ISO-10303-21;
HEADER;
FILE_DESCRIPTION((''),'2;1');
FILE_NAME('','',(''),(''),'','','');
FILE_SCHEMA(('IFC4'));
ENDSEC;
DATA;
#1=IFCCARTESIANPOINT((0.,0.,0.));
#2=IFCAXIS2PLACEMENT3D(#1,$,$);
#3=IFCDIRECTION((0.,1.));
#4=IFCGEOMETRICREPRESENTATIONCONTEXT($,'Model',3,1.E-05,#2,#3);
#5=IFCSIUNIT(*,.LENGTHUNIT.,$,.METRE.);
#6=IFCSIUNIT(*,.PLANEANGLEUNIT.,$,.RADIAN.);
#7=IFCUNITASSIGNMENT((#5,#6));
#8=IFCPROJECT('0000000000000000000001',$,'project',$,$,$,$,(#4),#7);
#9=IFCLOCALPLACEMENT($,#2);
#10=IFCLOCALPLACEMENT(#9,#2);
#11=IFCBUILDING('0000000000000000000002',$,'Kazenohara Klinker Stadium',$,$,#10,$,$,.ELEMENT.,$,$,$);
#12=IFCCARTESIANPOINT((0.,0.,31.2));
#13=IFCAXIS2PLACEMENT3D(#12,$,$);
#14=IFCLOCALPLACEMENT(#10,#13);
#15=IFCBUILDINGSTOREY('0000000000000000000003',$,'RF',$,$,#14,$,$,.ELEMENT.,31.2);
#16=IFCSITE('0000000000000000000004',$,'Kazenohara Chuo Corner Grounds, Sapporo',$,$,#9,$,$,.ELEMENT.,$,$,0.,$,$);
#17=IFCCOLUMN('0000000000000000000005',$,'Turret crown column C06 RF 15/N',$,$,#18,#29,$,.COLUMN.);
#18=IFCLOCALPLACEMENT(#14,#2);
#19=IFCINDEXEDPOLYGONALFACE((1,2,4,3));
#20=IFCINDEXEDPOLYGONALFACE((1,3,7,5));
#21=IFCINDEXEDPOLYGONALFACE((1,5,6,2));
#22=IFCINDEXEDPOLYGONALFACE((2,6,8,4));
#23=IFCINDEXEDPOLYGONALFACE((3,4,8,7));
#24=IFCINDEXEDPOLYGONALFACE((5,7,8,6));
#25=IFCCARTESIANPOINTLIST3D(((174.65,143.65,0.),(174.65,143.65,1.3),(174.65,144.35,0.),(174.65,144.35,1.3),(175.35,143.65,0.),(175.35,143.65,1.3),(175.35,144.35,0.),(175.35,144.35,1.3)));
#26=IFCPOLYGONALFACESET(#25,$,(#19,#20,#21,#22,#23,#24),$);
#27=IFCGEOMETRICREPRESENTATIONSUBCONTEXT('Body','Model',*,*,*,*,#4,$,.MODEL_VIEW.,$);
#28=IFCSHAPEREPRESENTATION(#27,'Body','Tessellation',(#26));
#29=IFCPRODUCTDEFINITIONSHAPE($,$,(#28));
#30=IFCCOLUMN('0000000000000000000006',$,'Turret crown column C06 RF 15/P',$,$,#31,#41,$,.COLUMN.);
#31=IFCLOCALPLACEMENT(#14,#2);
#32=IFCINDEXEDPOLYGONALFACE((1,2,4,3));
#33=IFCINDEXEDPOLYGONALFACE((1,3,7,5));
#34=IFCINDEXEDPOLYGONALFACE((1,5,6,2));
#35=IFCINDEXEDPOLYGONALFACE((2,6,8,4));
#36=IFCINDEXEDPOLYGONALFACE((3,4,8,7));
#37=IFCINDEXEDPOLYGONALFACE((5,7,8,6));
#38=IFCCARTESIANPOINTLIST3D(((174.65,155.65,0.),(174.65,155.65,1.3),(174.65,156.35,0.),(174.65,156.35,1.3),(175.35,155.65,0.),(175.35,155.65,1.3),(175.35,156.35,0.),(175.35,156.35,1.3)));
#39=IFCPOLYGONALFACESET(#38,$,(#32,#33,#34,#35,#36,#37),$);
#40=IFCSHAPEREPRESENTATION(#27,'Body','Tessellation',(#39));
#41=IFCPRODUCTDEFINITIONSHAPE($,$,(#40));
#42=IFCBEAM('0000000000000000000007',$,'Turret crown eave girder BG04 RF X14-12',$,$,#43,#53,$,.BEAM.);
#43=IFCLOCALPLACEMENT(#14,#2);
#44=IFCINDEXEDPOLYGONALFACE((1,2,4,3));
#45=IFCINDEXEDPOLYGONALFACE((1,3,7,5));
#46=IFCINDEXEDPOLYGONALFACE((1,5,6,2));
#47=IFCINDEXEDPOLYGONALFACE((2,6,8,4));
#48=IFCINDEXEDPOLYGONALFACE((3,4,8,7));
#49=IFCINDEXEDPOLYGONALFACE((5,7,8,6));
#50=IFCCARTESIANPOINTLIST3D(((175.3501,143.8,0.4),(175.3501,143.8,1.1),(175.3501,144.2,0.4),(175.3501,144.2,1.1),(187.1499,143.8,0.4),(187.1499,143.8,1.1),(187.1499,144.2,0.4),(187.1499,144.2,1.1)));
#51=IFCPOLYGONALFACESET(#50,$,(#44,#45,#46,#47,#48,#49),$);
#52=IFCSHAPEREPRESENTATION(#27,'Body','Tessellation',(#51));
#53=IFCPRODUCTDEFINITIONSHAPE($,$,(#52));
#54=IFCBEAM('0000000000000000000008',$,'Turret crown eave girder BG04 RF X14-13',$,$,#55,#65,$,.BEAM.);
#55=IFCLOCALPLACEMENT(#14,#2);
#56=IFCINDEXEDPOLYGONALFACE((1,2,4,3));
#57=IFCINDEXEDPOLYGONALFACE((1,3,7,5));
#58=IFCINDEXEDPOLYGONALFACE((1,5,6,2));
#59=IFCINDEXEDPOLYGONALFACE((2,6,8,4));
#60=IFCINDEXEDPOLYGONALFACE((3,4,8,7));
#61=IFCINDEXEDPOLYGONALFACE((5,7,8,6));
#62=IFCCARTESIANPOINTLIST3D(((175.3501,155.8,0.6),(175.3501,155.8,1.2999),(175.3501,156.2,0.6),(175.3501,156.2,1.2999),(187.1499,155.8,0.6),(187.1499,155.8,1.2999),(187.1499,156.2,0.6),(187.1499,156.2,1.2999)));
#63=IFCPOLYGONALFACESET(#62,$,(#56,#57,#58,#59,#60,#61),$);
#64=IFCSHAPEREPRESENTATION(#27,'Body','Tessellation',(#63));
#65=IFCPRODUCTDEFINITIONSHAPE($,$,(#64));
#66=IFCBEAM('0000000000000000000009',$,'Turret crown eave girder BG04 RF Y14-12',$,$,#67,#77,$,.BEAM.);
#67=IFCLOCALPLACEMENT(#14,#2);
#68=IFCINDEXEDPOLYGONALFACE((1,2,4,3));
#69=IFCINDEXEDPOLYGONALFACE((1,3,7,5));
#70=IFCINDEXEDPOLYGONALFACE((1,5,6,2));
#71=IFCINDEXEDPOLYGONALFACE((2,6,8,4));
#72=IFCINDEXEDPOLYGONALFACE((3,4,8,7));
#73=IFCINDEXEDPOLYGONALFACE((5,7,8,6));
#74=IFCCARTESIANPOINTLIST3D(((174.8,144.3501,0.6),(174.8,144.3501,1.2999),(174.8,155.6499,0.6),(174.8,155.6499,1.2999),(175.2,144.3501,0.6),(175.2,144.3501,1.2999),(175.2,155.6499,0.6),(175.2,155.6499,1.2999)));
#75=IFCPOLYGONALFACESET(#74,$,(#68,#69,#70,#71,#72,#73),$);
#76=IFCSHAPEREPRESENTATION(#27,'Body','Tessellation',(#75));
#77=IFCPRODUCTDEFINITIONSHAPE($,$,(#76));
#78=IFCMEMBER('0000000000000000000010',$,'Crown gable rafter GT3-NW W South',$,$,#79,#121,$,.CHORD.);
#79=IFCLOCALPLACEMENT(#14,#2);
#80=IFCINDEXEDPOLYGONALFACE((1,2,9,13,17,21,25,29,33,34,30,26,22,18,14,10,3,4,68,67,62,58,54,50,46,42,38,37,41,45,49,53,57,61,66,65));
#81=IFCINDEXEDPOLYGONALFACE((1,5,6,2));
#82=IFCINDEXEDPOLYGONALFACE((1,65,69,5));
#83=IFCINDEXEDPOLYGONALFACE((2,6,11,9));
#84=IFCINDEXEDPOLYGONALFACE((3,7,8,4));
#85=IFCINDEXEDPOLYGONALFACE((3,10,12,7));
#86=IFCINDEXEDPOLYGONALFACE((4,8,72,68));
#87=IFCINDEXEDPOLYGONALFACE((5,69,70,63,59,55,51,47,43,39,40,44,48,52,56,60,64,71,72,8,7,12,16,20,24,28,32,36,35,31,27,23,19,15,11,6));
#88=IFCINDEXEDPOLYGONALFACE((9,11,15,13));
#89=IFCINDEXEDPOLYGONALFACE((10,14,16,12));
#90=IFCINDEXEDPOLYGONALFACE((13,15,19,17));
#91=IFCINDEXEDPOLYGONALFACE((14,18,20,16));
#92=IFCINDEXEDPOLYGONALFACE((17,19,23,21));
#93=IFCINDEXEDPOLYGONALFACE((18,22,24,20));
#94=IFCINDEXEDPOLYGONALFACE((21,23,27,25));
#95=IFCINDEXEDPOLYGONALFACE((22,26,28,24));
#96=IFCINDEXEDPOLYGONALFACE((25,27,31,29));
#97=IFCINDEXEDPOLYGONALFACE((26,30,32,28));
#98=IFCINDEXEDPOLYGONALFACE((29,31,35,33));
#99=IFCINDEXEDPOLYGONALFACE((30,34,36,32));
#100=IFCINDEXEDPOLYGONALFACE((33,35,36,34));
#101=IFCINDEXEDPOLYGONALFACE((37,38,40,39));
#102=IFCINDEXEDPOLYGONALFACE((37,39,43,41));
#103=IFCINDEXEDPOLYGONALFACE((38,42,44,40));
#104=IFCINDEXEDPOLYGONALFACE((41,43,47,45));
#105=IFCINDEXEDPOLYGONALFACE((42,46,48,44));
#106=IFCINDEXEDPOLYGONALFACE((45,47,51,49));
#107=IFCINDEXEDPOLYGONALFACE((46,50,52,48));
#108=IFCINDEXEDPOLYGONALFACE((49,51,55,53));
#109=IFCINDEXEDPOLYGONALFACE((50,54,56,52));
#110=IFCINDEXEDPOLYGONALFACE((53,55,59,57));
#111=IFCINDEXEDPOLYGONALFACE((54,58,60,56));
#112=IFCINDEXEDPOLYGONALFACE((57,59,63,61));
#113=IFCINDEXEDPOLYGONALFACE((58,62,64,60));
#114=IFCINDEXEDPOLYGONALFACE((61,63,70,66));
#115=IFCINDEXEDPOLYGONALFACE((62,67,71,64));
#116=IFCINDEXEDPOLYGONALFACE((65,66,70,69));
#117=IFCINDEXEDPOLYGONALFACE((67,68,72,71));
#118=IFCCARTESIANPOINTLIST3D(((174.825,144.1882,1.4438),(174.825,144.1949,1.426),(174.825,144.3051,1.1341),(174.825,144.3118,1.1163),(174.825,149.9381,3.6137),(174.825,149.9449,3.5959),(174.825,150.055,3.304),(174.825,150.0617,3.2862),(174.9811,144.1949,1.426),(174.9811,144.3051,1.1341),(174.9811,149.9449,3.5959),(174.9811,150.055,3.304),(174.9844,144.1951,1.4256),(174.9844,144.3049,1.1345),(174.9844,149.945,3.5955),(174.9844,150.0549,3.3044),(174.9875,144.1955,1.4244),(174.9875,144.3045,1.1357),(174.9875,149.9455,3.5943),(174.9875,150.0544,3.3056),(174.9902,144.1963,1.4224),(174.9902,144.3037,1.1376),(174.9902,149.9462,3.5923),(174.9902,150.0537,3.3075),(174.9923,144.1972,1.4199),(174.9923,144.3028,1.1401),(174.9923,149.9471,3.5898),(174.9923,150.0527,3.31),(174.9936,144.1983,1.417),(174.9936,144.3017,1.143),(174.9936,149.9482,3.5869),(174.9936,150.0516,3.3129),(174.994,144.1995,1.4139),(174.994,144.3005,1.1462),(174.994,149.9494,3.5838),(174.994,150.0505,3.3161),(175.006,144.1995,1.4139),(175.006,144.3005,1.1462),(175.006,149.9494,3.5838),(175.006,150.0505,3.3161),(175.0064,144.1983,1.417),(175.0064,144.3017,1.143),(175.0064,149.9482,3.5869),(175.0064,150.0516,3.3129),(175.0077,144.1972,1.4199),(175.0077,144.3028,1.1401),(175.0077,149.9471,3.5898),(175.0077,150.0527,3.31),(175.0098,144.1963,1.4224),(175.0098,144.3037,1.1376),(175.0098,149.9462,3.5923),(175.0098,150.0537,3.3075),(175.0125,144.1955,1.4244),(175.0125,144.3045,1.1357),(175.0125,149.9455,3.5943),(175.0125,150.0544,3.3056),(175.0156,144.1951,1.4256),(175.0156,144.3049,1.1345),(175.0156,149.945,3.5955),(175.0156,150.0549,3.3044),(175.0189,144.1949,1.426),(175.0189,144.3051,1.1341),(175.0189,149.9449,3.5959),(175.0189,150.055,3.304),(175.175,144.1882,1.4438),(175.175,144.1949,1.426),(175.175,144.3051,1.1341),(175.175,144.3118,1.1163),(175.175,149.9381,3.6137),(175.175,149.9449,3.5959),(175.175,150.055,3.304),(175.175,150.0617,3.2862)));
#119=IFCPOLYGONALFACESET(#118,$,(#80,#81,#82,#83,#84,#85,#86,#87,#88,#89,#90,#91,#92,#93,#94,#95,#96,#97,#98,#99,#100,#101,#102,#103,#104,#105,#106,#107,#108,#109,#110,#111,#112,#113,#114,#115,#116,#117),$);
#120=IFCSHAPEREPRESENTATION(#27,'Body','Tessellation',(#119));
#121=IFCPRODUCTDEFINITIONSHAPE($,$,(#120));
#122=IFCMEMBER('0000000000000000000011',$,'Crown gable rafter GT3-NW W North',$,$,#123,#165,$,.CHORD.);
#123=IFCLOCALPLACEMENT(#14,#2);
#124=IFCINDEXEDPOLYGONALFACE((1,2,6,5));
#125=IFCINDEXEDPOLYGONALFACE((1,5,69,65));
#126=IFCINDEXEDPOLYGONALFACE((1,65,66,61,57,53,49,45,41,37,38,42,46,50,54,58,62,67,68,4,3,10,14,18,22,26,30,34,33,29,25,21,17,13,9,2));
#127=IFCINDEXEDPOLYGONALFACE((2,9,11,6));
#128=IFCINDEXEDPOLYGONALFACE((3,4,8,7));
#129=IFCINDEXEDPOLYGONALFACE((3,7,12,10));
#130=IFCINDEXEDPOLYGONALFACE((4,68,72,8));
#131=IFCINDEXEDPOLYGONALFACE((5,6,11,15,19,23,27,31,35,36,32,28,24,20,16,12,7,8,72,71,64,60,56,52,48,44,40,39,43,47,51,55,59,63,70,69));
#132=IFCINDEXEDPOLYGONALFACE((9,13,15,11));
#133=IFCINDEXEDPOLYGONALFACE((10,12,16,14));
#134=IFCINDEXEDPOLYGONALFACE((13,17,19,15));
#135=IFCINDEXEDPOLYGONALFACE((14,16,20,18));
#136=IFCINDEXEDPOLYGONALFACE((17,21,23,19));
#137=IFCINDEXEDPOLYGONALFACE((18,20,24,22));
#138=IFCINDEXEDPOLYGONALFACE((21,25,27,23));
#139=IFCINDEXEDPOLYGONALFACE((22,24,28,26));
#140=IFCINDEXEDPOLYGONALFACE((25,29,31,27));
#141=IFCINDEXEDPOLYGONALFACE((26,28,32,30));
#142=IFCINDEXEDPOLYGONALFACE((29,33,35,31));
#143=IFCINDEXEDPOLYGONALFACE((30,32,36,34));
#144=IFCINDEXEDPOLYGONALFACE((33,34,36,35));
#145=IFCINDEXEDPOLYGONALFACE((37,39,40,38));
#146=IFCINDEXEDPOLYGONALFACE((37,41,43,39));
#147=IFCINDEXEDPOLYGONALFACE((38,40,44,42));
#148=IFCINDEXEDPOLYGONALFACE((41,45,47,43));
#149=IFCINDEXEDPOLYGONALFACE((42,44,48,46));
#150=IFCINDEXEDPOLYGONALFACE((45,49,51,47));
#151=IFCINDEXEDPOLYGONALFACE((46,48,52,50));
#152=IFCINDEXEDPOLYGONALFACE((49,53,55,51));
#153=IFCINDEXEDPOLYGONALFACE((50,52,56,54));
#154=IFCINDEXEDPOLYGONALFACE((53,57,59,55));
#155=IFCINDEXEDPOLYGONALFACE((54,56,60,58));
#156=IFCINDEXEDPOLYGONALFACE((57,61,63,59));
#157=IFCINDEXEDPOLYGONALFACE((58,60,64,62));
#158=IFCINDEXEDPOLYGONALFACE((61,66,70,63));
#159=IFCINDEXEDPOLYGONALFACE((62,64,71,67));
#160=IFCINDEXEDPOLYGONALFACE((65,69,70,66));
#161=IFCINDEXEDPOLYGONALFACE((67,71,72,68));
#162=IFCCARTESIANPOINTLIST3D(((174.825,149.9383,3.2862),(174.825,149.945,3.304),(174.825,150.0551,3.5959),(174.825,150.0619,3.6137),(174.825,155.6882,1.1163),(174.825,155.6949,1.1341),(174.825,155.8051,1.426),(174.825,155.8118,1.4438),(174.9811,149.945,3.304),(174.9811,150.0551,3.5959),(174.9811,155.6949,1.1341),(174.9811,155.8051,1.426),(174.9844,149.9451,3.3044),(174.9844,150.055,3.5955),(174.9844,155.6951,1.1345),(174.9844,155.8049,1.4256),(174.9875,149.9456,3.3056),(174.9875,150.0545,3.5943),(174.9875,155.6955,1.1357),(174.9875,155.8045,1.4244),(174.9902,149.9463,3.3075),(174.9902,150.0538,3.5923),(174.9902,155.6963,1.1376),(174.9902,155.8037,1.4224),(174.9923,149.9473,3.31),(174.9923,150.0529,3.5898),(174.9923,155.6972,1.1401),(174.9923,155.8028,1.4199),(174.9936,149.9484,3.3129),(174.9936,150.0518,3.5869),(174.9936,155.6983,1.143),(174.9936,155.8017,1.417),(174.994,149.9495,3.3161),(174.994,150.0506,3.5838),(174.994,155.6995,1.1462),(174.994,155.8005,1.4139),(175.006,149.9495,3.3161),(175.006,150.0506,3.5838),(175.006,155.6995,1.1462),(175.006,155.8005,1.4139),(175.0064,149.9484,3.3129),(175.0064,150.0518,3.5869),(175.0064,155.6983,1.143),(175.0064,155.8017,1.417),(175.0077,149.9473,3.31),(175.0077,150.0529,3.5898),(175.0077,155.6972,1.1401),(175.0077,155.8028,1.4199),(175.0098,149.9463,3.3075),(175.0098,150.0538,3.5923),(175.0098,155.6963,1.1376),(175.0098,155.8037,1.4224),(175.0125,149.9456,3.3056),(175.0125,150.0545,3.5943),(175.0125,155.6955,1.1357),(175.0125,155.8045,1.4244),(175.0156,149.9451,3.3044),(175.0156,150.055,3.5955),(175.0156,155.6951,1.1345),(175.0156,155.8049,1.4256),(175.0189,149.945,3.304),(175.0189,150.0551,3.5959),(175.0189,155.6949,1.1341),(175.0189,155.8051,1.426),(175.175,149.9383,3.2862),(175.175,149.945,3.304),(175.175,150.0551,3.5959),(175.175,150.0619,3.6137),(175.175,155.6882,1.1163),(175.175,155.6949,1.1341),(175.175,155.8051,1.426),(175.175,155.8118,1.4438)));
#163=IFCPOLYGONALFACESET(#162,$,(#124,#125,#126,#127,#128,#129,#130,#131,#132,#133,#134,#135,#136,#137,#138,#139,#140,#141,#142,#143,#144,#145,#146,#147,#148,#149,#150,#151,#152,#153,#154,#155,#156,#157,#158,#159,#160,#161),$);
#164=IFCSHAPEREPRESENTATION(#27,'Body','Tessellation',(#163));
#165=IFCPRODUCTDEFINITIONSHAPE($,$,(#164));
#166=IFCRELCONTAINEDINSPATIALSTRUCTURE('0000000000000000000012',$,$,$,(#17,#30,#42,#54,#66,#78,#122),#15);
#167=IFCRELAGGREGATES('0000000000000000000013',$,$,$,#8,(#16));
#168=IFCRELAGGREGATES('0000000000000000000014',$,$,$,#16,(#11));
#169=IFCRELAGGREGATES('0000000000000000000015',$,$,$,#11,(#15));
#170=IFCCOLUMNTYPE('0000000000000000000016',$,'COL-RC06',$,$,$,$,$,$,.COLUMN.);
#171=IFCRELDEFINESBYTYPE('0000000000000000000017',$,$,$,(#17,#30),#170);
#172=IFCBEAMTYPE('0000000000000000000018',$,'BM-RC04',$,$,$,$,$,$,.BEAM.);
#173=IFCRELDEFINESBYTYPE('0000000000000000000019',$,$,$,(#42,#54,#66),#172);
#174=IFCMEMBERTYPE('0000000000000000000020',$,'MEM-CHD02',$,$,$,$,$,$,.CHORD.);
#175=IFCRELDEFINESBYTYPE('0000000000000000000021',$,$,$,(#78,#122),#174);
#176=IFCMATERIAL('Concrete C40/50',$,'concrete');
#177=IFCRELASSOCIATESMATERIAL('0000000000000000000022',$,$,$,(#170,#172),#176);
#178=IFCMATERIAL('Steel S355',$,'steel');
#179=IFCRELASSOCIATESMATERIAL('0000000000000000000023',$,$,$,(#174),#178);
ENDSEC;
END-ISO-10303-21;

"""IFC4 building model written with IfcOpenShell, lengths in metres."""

from ifc_helpers import new_model, si_unit, direction, frame, origin, origin_2d, place, context, subcontext, project, spatial, rectangle, i_section, extrude, material, material_profile, profile_set, type_object, element, save


model = new_model("IFC4")

# Units and contexts
model_context = context("Model", 3, precision=1e-05, world=origin(), true_north=direction((0.0, 1.0)))
body_context = subcontext(model_context, "Body", "Model", "MODEL_VIEW")
ifc_project = project(units=[si_unit("LENGTHUNIT", "METRE"), si_unit("PLANEANGLEUNIT", "RADIAN")], contexts=[model_context])

# Site, building, storey
site_placement = place(None, origin())
site = spatial("IfcSite", under=ifc_project, at=site_placement, Name="Kazenohara Chuo Corner Grounds, Sapporo", CompositionType="ELEMENT", RefElevation=0.0)
building_placement = place(site_placement, origin())
building = spatial("IfcBuilding", under=site, at=building_placement, Name="Kazenohara Klinker Stadium", CompositionType="ELEMENT")
storey_placement = place(building_placement, frame((0.0, 0.0, 31.2)))
storey = spatial("IfcBuildingStorey", under=building, at=storey_placement, Name="RF", CompositionType="ELEMENT", Elevation=31.2)

# Columns
ifc_material_1 = material(Name="Concrete C40/50", Category="concrete")
ifc_material_profile_1 = material_profile(ifc_material_1, rectangle(XDim=0.7, YDim=0.7, at=origin_2d()), Name="RC-COL-700x700")
ifc_profile_set_1 = profile_set([ifc_material_profile_1], Name="Concrete C40/50")
column_type = type_object("IfcColumnType", Name="COL-RC06", PredefinedType="COLUMN", material=ifc_profile_set_1)
for number, where, z_axis, x_axis, name in (
    (1, (175.0, 144.0, 0.0), (0.0, 0.0, 1.0), (1.0, 0.0, 0.0), "Turret crown column C06 RF 15/N"),
    (2, (175.0, 156.0, 0.0), (0.0, 0.0, 1.0), (1.0, 0.0, 0.0), "Turret crown column C06 RF 15/P"),
):
    element("IfcColumn", number, at=place(storey_placement, frame(where, z_axis=z_axis, x_axis=x_axis)), inside=storey, type_object=column_type, Name=name, PredefinedType="COLUMN", context=body_context, shape_type="SweptSolid", body=[
        extrude(rectangle(XDim=0.7, YDim=0.7, at=origin_2d()), origin(), (0.0, 0.0, 1.0), 1.3),
    ])

# Beams
ifc_material_profile_2 = material_profile(ifc_material_1, rectangle(XDim=0.3999, YDim=0.7, at=origin_2d()), Name="RC-BM-400x700")
ifc_profile_set_2 = profile_set([ifc_material_profile_2], Name="Concrete C40/50")
beam_type = type_object("IfcBeamType", Name="BM-RC04", PredefinedType="BEAM", material=ifc_profile_set_2)
for number, where, z_axis, x_axis, name in (
    (3, (175.3501, 144.0, 0.75), (1.0, 0.0, 0.0), (0.0, 1.0, 0.0), "Turret crown eave girder BG04 RF X14-12"),
    (4, (175.3501, 156.0, 0.95), (1.0, 0.0, 0.0), (0.0, 1.0, 0.0), "Turret crown eave girder BG04 RF X14-13"),
):
    element("IfcBeam", number, at=place(storey_placement, frame(where, z_axis=z_axis, x_axis=x_axis)), inside=storey, type_object=beam_type, Name=name, PredefinedType="BEAM", context=body_context, shape_type="SweptSolid", body=[
        extrude(rectangle(XDim=0.3999, YDim=0.7, at=origin_2d()), origin(), (0.0, 0.0, 1.0), 11.7998),
    ])
beam_placement = place(storey_placement, frame((175.0, 144.3501, 0.95), z_axis=(0.0, 1.0, 0.0), x_axis=(-1.0, 0.0, 0.0)))
element("IfcBeam", 5, at=beam_placement, inside=storey, type_object=beam_type, Name="Turret crown eave girder BG04 RF Y14-12", PredefinedType="BEAM", context=body_context, shape_type="SweptSolid", body=[
    extrude(rectangle(XDim=0.3999, YDim=0.7, at=origin_2d()), origin(), (0.0, 0.0, 1.0), 11.2998),
])

# Members
ifc_material_2 = material(Name="Steel S355", Category="steel")
ifc_material_profile_3 = material_profile(ifc_material_2, i_section(OverallWidth=0.3501, OverallDepth=0.3501, WebThickness=0.012, FlangeThickness=0.019, FilletRadius=0.0129, at=origin_2d()), Name="H-350x350x12x19")
ifc_profile_set_3 = profile_set([ifc_material_profile_3], Name="Steel S355")
member_type_1 = type_object("IfcMemberType", Name="MEM-CHD02", PredefinedType="CHORD", material=ifc_profile_set_3)
for number, where, z_axis, x_axis, name in (
    (6, (175.0, 144.25, 1.28), (0.0, 0.935596, 0.353073), (-1.0, 0.0, 0.0), "Crown gable rafter GT3-NW W South"),
    (7, (175.0, 155.75, 1.28), (0.0, -0.935596, 0.353073), (1.0, 0.0, 0.0), "Crown gable rafter GT3-NW W North"),
):
    element("IfcMember", number, at=place(storey_placement, frame(where, z_axis=z_axis, x_axis=x_axis)), inside=storey, type_object=member_type_1, Name=name, PredefinedType="CHORD", context=body_context, shape_type="SweptSolid", body=[
        extrude(i_section(OverallWidth=0.3501, OverallDepth=0.3501, WebThickness=0.012, FlangeThickness=0.019, FilletRadius=0.0129, at=origin_2d()), origin(), (0.0, 0.0, 1.0), 6.1458),
    ])

save(model, "model.ifc")
